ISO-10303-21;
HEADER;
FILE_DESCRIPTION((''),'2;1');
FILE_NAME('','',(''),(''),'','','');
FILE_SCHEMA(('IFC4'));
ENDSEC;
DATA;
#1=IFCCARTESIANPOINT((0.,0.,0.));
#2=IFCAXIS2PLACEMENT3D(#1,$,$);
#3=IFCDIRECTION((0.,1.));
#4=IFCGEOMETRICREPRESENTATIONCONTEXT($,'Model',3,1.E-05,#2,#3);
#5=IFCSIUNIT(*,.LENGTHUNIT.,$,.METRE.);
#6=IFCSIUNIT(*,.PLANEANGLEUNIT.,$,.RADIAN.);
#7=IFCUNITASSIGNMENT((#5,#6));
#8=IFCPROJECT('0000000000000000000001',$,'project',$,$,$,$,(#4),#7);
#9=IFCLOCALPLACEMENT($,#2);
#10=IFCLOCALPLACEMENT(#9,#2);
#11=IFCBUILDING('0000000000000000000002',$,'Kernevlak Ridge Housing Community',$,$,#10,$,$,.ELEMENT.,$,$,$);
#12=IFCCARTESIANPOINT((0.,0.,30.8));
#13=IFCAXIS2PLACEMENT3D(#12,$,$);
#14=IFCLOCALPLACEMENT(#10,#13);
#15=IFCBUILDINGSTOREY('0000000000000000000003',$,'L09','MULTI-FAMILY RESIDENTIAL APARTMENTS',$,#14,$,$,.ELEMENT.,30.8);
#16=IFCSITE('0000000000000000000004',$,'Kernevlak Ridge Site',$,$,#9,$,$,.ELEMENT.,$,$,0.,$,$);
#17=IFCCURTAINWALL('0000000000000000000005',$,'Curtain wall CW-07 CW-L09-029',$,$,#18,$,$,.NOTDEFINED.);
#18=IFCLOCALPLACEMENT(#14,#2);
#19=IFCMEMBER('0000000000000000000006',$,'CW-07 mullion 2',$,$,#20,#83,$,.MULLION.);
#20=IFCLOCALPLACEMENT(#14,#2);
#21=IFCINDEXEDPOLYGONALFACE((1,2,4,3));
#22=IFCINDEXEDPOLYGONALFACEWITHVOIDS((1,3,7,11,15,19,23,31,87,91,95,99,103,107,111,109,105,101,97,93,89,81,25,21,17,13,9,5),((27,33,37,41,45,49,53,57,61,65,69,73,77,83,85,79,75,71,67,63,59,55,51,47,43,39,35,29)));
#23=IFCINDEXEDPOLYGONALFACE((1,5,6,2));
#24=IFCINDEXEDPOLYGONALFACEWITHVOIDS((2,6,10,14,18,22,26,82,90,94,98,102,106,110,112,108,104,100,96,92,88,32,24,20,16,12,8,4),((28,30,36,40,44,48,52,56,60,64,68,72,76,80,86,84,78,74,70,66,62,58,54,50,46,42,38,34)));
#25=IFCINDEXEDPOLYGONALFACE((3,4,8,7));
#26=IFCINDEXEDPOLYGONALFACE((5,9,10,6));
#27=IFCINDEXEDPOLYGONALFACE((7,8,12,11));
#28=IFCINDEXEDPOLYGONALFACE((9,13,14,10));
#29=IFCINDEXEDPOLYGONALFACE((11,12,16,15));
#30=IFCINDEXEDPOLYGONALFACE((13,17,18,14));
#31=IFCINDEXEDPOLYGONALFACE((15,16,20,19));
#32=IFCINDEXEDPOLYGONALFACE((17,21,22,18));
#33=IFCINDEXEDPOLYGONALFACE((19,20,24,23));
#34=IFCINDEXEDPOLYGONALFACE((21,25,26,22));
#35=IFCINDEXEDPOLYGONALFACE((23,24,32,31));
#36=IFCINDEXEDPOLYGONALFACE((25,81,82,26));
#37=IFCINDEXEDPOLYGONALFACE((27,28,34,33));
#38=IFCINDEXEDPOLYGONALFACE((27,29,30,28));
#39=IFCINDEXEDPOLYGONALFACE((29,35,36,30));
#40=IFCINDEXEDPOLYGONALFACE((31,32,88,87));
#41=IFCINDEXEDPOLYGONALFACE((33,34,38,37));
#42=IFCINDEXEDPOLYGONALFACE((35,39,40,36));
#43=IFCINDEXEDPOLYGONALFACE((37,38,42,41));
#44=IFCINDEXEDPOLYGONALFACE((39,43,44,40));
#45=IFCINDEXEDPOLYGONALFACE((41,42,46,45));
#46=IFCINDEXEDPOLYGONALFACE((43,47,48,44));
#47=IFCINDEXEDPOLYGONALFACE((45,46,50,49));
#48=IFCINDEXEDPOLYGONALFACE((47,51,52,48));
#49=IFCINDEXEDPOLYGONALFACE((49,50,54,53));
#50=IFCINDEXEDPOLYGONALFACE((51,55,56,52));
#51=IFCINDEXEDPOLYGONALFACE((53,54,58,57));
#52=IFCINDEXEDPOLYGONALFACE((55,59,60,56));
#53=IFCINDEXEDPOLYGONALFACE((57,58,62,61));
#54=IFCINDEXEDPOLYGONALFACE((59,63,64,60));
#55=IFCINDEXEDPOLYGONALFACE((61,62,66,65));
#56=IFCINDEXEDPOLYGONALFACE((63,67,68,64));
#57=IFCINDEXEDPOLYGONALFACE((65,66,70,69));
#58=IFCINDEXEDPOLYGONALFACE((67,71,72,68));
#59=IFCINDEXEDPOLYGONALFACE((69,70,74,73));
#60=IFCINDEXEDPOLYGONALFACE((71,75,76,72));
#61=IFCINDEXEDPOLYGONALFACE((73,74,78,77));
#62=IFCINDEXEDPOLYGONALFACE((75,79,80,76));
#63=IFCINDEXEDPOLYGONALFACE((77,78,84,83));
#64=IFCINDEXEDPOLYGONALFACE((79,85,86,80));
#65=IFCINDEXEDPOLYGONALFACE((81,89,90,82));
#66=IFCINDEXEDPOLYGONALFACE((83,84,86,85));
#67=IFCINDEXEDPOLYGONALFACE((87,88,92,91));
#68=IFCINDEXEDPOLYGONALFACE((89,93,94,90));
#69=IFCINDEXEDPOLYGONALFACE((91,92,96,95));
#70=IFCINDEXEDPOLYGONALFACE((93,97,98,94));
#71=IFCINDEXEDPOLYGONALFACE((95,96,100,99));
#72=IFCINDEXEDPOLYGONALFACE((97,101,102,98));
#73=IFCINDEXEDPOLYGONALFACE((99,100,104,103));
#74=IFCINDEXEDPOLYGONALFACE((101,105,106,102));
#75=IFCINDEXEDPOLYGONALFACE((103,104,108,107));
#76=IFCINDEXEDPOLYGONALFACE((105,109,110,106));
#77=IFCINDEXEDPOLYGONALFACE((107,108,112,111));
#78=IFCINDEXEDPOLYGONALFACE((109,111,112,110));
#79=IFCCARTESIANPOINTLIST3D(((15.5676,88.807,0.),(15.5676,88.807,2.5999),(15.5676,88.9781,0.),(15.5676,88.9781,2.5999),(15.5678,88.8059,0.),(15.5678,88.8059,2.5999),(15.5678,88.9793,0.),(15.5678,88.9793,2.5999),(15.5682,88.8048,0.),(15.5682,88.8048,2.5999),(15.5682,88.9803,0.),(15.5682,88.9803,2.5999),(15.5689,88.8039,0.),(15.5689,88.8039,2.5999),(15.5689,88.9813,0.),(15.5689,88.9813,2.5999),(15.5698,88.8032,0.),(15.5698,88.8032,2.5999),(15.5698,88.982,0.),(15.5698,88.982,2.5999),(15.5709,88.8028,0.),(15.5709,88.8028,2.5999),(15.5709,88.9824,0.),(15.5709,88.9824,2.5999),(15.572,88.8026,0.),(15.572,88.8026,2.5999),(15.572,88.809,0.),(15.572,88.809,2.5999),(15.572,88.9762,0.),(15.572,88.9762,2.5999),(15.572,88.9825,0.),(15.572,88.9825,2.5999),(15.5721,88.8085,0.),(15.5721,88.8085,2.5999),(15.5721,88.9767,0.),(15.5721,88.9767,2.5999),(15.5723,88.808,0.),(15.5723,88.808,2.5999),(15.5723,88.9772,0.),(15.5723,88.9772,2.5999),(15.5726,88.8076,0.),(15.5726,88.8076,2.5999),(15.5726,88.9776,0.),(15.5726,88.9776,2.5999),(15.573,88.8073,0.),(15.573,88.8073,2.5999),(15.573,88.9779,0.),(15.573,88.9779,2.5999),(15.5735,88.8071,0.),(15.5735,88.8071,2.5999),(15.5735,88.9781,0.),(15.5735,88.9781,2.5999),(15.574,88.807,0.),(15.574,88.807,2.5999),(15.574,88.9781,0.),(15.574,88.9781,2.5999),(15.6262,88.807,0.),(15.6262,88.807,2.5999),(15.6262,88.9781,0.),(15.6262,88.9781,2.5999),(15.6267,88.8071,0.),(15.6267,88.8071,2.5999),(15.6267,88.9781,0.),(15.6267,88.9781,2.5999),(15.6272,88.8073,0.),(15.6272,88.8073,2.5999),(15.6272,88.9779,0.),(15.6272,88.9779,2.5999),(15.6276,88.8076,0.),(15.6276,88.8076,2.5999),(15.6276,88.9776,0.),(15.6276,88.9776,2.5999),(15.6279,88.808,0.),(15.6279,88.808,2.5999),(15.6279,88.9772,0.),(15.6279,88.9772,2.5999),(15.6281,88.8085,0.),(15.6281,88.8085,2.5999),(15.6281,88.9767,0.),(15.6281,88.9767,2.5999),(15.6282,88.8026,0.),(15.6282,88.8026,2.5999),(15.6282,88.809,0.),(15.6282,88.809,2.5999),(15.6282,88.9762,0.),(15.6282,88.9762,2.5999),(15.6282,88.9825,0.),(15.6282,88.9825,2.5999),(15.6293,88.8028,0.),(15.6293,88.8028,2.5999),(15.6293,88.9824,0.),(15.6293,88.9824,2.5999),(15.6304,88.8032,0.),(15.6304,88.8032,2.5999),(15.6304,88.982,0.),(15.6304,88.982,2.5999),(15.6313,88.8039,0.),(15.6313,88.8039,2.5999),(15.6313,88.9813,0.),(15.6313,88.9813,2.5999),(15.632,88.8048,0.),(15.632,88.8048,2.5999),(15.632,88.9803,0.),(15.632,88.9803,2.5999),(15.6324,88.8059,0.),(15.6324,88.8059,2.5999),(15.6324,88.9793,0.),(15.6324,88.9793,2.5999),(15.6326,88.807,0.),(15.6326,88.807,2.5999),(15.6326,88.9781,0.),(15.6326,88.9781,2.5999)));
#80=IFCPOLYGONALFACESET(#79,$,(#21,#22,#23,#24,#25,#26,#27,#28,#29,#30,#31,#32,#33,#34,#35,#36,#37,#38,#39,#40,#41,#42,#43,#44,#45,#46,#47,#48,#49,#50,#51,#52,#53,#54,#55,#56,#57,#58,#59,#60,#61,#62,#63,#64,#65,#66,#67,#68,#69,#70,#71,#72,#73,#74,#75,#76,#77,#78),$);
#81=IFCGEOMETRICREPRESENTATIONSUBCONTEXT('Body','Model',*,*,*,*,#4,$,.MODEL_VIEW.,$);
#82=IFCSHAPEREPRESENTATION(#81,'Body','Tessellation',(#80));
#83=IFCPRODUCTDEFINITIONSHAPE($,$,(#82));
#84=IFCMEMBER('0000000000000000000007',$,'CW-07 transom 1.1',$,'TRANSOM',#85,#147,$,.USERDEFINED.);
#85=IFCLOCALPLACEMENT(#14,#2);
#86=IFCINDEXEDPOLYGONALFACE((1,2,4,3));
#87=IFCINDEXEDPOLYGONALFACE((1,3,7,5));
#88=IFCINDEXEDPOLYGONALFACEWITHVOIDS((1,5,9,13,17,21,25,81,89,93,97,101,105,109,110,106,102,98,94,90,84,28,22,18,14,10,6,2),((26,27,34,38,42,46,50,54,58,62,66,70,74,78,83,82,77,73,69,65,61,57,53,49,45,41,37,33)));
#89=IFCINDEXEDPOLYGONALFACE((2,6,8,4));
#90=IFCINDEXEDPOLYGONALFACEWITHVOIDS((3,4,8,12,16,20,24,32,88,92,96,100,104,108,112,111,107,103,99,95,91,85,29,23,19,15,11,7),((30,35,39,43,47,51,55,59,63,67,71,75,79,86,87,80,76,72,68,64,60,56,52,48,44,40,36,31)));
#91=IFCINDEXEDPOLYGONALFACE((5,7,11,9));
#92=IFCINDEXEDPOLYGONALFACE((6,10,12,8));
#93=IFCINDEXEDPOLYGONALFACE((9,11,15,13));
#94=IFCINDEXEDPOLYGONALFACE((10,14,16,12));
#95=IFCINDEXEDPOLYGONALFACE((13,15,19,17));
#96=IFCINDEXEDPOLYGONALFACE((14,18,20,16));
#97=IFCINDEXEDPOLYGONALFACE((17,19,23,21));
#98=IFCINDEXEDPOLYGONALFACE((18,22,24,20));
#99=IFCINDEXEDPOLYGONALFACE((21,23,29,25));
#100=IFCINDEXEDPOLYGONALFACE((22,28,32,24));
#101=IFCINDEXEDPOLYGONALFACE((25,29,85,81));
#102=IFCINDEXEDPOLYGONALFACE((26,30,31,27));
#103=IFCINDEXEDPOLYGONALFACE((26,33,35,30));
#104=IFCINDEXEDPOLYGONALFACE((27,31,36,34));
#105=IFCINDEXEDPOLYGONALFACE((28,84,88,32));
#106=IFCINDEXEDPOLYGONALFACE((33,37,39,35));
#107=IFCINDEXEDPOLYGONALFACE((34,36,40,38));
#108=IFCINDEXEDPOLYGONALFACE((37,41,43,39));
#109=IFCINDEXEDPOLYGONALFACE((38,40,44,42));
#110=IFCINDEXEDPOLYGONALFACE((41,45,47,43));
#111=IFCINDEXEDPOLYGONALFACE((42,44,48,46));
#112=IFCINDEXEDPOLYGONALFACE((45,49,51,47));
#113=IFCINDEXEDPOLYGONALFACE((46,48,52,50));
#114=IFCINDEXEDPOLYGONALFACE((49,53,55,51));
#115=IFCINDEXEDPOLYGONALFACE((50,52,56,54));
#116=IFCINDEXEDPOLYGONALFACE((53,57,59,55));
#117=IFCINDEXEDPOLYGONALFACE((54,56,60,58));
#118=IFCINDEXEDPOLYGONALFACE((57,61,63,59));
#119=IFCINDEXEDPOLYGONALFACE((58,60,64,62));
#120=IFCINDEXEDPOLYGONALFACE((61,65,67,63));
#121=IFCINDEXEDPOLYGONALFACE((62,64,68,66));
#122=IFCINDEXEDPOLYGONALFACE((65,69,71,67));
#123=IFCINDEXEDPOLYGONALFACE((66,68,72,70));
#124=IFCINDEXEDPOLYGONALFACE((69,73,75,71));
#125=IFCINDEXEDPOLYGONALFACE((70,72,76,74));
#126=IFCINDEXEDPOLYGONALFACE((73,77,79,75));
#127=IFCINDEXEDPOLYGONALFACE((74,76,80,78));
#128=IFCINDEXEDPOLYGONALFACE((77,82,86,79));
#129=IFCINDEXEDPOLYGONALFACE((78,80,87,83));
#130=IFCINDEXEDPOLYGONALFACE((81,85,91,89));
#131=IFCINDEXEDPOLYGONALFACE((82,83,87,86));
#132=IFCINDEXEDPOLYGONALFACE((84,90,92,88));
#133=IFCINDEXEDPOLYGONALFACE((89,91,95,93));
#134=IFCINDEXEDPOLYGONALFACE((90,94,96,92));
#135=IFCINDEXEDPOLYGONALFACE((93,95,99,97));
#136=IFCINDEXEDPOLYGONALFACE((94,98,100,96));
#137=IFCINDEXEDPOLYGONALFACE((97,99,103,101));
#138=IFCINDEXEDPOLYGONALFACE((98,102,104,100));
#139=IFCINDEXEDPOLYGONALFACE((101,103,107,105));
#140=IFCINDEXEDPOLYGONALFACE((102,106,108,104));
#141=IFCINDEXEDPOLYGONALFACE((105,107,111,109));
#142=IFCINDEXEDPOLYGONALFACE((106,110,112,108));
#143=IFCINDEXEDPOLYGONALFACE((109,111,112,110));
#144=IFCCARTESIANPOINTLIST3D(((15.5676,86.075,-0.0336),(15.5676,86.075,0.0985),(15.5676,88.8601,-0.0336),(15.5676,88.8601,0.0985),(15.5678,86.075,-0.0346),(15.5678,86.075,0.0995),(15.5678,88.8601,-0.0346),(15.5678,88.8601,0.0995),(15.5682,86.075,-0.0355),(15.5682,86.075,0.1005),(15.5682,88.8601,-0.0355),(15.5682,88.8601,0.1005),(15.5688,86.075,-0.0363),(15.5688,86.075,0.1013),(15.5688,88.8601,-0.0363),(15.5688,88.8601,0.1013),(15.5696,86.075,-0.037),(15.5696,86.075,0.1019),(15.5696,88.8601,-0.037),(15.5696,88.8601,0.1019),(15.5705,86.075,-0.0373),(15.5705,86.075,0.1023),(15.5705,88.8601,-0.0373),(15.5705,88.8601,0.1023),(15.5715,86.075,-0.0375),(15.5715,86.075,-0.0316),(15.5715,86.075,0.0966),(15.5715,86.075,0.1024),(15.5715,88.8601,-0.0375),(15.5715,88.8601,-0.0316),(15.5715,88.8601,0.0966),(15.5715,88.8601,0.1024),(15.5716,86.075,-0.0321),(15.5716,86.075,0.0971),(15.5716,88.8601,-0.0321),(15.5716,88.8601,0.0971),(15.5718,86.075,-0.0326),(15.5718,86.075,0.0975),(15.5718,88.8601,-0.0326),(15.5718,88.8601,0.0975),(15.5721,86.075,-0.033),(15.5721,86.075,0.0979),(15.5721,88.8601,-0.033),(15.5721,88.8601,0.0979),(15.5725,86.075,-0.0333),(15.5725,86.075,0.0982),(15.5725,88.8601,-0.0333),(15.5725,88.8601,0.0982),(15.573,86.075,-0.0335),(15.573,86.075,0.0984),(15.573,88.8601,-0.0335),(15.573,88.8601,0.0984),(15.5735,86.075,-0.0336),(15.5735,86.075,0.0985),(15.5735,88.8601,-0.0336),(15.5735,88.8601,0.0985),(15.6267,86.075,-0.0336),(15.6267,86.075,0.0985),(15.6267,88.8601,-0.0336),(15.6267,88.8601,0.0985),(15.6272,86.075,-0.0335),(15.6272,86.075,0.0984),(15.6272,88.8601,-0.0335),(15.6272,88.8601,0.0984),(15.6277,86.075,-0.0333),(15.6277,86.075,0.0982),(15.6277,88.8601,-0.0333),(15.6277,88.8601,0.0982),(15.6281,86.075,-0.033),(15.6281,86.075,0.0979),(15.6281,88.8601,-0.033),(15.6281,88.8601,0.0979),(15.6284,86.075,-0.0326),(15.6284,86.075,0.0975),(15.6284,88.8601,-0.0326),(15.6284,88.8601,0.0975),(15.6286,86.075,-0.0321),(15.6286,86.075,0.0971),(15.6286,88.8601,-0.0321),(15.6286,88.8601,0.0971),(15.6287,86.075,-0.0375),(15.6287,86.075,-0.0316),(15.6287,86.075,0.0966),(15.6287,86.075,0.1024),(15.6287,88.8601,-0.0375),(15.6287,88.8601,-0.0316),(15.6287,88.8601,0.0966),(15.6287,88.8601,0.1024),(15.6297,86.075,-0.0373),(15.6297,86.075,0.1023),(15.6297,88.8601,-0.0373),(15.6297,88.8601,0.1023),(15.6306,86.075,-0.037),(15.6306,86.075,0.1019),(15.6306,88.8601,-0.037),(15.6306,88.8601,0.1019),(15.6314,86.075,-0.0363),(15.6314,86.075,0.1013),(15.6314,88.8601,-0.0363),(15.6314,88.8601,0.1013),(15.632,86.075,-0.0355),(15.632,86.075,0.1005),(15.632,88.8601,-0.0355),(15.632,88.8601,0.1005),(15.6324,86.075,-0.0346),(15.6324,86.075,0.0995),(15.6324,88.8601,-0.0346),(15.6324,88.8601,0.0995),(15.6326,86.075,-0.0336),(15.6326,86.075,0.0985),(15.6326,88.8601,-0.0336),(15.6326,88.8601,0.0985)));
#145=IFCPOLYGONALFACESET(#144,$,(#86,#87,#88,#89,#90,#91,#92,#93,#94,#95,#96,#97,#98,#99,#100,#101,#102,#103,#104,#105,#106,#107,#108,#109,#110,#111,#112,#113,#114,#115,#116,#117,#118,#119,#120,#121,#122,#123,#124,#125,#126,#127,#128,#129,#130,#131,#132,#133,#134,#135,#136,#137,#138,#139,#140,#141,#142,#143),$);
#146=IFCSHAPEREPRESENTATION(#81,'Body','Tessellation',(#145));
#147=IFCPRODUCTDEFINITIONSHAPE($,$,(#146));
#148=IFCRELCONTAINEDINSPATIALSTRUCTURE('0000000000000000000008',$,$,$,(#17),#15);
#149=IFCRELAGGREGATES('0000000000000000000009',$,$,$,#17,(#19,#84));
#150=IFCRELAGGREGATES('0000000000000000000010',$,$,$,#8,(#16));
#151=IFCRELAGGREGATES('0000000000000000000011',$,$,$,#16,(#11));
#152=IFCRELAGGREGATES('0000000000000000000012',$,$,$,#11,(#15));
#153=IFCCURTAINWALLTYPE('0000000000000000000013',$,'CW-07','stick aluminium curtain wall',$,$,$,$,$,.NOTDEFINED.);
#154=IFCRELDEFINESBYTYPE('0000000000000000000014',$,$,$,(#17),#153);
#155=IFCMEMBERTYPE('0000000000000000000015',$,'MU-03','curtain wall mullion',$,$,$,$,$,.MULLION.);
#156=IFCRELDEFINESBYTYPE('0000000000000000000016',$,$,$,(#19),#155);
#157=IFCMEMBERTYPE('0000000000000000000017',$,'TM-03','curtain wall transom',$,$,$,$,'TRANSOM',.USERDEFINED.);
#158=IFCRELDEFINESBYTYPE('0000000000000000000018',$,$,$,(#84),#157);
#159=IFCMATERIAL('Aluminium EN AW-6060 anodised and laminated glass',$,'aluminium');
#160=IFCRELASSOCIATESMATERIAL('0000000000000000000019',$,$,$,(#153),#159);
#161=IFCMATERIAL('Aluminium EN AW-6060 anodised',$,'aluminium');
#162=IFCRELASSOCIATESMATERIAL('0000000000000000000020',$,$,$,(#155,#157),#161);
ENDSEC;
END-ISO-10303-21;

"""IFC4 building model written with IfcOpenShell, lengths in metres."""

from ifc_helpers import new_model, si_unit, direction, frame, origin, origin_2d, place, context, subcontext, project, spatial, hollow_rectangle, extrude, material, material_profile, profile_set, type_object, element, aggregate, save


model = new_model("IFC4")

# Units and contexts
model_context = context("Model", 3, precision=1e-05, world=origin(), true_north=direction((0.0, 1.0)))
body_context = subcontext(model_context, "Body", "Model", "MODEL_VIEW")
ifc_project = project(units=[si_unit("LENGTHUNIT", "METRE"), si_unit("PLANEANGLEUNIT", "RADIAN")], contexts=[model_context])

# Site, building, storey
site_placement = place(None, origin())
site = spatial("IfcSite", under=ifc_project, at=site_placement, Name="Kernevlak Ridge Site", CompositionType="ELEMENT", RefElevation=0.0)
building_placement = place(site_placement, origin())
building = spatial("IfcBuilding", under=site, at=building_placement, Name="Kernevlak Ridge Housing Community", CompositionType="ELEMENT")
storey_placement = place(building_placement, frame((0.0, 0.0, 30.8)))
storey = spatial("IfcBuildingStorey", under=building, at=storey_placement, Name="L09", Description="MULTI-FAMILY RESIDENTIAL APARTMENTS", CompositionType="ELEMENT", Elevation=30.8)

# Shared definitions
ifc_material_1 = material(Name="Aluminium EN AW-6060 anodised and laminated glass", Category="aluminium")
ifc_material_2 = material(Name="Aluminium EN AW-6060 anodised", Category="aluminium")

# Curtain wall, members
curtain_wall_type_1 = type_object("IfcCurtainWallType", Name="CW-07", Description="stick aluminium curtain wall", PredefinedType="NOTDEFINED", material=ifc_material_1)
curtain_wall_1_placement = place(storey_placement, origin())
curtain_wall_1 = element("IfcCurtainWall", 1, at=curtain_wall_1_placement, inside=storey, type_object=curtain_wall_type_1, Name="Curtain wall CW-07 CW-L09-029", PredefinedType="NOTDEFINED")
ifc_material_profile_1 = material_profile(ifc_material_2, hollow_rectangle(XDim=0.0649, YDim=0.1799, WallThickness=0.0044, InnerFilletRadius=0.002, OuterFilletRadius=0.0044, at=origin_2d()), Name="ALU 65x180x4.5")
ifc_profile_set_1 = profile_set([ifc_material_profile_1], Name="Aluminium EN AW-6060 anodised")
member_type_1 = type_object("IfcMemberType", Name="MU-03", Description="curtain wall mullion", PredefinedType="MULLION", material=ifc_profile_set_1)
member_1_placement = place(storey_placement, frame((15.6001, 88.8926, 0.0), z_axis=(0.0, 0.0, 1.0), x_axis=(-1.0, 0.0, 0.0)))
member_1 = element("IfcMember", 2, at=member_1_placement, type_object=member_type_1, Name="CW-07 mullion 2", PredefinedType="MULLION", context=body_context, shape_type="SweptSolid", body=[
    extrude(hollow_rectangle(XDim=0.0649, YDim=0.1799, WallThickness=0.0044, InnerFilletRadius=0.002, OuterFilletRadius=0.0044, at=origin_2d()), origin(), (0.0, 0.0, 1.0), 2.5999),
])
ifc_material_profile_2 = material_profile(ifc_material_2, hollow_rectangle(XDim=0.0649, YDim=0.1399, WallThickness=0.0039, InnerFilletRadius=0.002, OuterFilletRadius=0.0039, at=origin_2d()), Name="ALU 65x140x4")
ifc_profile_set_2 = profile_set([ifc_material_profile_2], Name="Aluminium EN AW-6060 anodised")
member_type_2 = type_object("IfcMemberType", Name="TM-03", Description="curtain wall transom", ElementType="TRANSOM", PredefinedType="USERDEFINED", material=ifc_profile_set_2)
member_2_placement = place(storey_placement, frame((15.6001, 86.075, 0.0325), z_axis=(0.0, 1.0, 0.0), x_axis=(-1.0, 0.0, 0.0)))
member_2 = element("IfcMember", 3, at=member_2_placement, type_object=member_type_2, Name="CW-07 transom 1.1", ObjectType="TRANSOM", PredefinedType="USERDEFINED", context=body_context, shape_type="SweptSolid", body=[
    extrude(hollow_rectangle(XDim=0.0649, YDim=0.1399, WallThickness=0.0039, InnerFilletRadius=0.002, OuterFilletRadius=0.0039, at=origin_2d()), origin(), (0.0, 0.0, 1.0), 2.7852),
])
aggregate(curtain_wall_1, [member_1, member_2])

save(model, "model.ifc")
